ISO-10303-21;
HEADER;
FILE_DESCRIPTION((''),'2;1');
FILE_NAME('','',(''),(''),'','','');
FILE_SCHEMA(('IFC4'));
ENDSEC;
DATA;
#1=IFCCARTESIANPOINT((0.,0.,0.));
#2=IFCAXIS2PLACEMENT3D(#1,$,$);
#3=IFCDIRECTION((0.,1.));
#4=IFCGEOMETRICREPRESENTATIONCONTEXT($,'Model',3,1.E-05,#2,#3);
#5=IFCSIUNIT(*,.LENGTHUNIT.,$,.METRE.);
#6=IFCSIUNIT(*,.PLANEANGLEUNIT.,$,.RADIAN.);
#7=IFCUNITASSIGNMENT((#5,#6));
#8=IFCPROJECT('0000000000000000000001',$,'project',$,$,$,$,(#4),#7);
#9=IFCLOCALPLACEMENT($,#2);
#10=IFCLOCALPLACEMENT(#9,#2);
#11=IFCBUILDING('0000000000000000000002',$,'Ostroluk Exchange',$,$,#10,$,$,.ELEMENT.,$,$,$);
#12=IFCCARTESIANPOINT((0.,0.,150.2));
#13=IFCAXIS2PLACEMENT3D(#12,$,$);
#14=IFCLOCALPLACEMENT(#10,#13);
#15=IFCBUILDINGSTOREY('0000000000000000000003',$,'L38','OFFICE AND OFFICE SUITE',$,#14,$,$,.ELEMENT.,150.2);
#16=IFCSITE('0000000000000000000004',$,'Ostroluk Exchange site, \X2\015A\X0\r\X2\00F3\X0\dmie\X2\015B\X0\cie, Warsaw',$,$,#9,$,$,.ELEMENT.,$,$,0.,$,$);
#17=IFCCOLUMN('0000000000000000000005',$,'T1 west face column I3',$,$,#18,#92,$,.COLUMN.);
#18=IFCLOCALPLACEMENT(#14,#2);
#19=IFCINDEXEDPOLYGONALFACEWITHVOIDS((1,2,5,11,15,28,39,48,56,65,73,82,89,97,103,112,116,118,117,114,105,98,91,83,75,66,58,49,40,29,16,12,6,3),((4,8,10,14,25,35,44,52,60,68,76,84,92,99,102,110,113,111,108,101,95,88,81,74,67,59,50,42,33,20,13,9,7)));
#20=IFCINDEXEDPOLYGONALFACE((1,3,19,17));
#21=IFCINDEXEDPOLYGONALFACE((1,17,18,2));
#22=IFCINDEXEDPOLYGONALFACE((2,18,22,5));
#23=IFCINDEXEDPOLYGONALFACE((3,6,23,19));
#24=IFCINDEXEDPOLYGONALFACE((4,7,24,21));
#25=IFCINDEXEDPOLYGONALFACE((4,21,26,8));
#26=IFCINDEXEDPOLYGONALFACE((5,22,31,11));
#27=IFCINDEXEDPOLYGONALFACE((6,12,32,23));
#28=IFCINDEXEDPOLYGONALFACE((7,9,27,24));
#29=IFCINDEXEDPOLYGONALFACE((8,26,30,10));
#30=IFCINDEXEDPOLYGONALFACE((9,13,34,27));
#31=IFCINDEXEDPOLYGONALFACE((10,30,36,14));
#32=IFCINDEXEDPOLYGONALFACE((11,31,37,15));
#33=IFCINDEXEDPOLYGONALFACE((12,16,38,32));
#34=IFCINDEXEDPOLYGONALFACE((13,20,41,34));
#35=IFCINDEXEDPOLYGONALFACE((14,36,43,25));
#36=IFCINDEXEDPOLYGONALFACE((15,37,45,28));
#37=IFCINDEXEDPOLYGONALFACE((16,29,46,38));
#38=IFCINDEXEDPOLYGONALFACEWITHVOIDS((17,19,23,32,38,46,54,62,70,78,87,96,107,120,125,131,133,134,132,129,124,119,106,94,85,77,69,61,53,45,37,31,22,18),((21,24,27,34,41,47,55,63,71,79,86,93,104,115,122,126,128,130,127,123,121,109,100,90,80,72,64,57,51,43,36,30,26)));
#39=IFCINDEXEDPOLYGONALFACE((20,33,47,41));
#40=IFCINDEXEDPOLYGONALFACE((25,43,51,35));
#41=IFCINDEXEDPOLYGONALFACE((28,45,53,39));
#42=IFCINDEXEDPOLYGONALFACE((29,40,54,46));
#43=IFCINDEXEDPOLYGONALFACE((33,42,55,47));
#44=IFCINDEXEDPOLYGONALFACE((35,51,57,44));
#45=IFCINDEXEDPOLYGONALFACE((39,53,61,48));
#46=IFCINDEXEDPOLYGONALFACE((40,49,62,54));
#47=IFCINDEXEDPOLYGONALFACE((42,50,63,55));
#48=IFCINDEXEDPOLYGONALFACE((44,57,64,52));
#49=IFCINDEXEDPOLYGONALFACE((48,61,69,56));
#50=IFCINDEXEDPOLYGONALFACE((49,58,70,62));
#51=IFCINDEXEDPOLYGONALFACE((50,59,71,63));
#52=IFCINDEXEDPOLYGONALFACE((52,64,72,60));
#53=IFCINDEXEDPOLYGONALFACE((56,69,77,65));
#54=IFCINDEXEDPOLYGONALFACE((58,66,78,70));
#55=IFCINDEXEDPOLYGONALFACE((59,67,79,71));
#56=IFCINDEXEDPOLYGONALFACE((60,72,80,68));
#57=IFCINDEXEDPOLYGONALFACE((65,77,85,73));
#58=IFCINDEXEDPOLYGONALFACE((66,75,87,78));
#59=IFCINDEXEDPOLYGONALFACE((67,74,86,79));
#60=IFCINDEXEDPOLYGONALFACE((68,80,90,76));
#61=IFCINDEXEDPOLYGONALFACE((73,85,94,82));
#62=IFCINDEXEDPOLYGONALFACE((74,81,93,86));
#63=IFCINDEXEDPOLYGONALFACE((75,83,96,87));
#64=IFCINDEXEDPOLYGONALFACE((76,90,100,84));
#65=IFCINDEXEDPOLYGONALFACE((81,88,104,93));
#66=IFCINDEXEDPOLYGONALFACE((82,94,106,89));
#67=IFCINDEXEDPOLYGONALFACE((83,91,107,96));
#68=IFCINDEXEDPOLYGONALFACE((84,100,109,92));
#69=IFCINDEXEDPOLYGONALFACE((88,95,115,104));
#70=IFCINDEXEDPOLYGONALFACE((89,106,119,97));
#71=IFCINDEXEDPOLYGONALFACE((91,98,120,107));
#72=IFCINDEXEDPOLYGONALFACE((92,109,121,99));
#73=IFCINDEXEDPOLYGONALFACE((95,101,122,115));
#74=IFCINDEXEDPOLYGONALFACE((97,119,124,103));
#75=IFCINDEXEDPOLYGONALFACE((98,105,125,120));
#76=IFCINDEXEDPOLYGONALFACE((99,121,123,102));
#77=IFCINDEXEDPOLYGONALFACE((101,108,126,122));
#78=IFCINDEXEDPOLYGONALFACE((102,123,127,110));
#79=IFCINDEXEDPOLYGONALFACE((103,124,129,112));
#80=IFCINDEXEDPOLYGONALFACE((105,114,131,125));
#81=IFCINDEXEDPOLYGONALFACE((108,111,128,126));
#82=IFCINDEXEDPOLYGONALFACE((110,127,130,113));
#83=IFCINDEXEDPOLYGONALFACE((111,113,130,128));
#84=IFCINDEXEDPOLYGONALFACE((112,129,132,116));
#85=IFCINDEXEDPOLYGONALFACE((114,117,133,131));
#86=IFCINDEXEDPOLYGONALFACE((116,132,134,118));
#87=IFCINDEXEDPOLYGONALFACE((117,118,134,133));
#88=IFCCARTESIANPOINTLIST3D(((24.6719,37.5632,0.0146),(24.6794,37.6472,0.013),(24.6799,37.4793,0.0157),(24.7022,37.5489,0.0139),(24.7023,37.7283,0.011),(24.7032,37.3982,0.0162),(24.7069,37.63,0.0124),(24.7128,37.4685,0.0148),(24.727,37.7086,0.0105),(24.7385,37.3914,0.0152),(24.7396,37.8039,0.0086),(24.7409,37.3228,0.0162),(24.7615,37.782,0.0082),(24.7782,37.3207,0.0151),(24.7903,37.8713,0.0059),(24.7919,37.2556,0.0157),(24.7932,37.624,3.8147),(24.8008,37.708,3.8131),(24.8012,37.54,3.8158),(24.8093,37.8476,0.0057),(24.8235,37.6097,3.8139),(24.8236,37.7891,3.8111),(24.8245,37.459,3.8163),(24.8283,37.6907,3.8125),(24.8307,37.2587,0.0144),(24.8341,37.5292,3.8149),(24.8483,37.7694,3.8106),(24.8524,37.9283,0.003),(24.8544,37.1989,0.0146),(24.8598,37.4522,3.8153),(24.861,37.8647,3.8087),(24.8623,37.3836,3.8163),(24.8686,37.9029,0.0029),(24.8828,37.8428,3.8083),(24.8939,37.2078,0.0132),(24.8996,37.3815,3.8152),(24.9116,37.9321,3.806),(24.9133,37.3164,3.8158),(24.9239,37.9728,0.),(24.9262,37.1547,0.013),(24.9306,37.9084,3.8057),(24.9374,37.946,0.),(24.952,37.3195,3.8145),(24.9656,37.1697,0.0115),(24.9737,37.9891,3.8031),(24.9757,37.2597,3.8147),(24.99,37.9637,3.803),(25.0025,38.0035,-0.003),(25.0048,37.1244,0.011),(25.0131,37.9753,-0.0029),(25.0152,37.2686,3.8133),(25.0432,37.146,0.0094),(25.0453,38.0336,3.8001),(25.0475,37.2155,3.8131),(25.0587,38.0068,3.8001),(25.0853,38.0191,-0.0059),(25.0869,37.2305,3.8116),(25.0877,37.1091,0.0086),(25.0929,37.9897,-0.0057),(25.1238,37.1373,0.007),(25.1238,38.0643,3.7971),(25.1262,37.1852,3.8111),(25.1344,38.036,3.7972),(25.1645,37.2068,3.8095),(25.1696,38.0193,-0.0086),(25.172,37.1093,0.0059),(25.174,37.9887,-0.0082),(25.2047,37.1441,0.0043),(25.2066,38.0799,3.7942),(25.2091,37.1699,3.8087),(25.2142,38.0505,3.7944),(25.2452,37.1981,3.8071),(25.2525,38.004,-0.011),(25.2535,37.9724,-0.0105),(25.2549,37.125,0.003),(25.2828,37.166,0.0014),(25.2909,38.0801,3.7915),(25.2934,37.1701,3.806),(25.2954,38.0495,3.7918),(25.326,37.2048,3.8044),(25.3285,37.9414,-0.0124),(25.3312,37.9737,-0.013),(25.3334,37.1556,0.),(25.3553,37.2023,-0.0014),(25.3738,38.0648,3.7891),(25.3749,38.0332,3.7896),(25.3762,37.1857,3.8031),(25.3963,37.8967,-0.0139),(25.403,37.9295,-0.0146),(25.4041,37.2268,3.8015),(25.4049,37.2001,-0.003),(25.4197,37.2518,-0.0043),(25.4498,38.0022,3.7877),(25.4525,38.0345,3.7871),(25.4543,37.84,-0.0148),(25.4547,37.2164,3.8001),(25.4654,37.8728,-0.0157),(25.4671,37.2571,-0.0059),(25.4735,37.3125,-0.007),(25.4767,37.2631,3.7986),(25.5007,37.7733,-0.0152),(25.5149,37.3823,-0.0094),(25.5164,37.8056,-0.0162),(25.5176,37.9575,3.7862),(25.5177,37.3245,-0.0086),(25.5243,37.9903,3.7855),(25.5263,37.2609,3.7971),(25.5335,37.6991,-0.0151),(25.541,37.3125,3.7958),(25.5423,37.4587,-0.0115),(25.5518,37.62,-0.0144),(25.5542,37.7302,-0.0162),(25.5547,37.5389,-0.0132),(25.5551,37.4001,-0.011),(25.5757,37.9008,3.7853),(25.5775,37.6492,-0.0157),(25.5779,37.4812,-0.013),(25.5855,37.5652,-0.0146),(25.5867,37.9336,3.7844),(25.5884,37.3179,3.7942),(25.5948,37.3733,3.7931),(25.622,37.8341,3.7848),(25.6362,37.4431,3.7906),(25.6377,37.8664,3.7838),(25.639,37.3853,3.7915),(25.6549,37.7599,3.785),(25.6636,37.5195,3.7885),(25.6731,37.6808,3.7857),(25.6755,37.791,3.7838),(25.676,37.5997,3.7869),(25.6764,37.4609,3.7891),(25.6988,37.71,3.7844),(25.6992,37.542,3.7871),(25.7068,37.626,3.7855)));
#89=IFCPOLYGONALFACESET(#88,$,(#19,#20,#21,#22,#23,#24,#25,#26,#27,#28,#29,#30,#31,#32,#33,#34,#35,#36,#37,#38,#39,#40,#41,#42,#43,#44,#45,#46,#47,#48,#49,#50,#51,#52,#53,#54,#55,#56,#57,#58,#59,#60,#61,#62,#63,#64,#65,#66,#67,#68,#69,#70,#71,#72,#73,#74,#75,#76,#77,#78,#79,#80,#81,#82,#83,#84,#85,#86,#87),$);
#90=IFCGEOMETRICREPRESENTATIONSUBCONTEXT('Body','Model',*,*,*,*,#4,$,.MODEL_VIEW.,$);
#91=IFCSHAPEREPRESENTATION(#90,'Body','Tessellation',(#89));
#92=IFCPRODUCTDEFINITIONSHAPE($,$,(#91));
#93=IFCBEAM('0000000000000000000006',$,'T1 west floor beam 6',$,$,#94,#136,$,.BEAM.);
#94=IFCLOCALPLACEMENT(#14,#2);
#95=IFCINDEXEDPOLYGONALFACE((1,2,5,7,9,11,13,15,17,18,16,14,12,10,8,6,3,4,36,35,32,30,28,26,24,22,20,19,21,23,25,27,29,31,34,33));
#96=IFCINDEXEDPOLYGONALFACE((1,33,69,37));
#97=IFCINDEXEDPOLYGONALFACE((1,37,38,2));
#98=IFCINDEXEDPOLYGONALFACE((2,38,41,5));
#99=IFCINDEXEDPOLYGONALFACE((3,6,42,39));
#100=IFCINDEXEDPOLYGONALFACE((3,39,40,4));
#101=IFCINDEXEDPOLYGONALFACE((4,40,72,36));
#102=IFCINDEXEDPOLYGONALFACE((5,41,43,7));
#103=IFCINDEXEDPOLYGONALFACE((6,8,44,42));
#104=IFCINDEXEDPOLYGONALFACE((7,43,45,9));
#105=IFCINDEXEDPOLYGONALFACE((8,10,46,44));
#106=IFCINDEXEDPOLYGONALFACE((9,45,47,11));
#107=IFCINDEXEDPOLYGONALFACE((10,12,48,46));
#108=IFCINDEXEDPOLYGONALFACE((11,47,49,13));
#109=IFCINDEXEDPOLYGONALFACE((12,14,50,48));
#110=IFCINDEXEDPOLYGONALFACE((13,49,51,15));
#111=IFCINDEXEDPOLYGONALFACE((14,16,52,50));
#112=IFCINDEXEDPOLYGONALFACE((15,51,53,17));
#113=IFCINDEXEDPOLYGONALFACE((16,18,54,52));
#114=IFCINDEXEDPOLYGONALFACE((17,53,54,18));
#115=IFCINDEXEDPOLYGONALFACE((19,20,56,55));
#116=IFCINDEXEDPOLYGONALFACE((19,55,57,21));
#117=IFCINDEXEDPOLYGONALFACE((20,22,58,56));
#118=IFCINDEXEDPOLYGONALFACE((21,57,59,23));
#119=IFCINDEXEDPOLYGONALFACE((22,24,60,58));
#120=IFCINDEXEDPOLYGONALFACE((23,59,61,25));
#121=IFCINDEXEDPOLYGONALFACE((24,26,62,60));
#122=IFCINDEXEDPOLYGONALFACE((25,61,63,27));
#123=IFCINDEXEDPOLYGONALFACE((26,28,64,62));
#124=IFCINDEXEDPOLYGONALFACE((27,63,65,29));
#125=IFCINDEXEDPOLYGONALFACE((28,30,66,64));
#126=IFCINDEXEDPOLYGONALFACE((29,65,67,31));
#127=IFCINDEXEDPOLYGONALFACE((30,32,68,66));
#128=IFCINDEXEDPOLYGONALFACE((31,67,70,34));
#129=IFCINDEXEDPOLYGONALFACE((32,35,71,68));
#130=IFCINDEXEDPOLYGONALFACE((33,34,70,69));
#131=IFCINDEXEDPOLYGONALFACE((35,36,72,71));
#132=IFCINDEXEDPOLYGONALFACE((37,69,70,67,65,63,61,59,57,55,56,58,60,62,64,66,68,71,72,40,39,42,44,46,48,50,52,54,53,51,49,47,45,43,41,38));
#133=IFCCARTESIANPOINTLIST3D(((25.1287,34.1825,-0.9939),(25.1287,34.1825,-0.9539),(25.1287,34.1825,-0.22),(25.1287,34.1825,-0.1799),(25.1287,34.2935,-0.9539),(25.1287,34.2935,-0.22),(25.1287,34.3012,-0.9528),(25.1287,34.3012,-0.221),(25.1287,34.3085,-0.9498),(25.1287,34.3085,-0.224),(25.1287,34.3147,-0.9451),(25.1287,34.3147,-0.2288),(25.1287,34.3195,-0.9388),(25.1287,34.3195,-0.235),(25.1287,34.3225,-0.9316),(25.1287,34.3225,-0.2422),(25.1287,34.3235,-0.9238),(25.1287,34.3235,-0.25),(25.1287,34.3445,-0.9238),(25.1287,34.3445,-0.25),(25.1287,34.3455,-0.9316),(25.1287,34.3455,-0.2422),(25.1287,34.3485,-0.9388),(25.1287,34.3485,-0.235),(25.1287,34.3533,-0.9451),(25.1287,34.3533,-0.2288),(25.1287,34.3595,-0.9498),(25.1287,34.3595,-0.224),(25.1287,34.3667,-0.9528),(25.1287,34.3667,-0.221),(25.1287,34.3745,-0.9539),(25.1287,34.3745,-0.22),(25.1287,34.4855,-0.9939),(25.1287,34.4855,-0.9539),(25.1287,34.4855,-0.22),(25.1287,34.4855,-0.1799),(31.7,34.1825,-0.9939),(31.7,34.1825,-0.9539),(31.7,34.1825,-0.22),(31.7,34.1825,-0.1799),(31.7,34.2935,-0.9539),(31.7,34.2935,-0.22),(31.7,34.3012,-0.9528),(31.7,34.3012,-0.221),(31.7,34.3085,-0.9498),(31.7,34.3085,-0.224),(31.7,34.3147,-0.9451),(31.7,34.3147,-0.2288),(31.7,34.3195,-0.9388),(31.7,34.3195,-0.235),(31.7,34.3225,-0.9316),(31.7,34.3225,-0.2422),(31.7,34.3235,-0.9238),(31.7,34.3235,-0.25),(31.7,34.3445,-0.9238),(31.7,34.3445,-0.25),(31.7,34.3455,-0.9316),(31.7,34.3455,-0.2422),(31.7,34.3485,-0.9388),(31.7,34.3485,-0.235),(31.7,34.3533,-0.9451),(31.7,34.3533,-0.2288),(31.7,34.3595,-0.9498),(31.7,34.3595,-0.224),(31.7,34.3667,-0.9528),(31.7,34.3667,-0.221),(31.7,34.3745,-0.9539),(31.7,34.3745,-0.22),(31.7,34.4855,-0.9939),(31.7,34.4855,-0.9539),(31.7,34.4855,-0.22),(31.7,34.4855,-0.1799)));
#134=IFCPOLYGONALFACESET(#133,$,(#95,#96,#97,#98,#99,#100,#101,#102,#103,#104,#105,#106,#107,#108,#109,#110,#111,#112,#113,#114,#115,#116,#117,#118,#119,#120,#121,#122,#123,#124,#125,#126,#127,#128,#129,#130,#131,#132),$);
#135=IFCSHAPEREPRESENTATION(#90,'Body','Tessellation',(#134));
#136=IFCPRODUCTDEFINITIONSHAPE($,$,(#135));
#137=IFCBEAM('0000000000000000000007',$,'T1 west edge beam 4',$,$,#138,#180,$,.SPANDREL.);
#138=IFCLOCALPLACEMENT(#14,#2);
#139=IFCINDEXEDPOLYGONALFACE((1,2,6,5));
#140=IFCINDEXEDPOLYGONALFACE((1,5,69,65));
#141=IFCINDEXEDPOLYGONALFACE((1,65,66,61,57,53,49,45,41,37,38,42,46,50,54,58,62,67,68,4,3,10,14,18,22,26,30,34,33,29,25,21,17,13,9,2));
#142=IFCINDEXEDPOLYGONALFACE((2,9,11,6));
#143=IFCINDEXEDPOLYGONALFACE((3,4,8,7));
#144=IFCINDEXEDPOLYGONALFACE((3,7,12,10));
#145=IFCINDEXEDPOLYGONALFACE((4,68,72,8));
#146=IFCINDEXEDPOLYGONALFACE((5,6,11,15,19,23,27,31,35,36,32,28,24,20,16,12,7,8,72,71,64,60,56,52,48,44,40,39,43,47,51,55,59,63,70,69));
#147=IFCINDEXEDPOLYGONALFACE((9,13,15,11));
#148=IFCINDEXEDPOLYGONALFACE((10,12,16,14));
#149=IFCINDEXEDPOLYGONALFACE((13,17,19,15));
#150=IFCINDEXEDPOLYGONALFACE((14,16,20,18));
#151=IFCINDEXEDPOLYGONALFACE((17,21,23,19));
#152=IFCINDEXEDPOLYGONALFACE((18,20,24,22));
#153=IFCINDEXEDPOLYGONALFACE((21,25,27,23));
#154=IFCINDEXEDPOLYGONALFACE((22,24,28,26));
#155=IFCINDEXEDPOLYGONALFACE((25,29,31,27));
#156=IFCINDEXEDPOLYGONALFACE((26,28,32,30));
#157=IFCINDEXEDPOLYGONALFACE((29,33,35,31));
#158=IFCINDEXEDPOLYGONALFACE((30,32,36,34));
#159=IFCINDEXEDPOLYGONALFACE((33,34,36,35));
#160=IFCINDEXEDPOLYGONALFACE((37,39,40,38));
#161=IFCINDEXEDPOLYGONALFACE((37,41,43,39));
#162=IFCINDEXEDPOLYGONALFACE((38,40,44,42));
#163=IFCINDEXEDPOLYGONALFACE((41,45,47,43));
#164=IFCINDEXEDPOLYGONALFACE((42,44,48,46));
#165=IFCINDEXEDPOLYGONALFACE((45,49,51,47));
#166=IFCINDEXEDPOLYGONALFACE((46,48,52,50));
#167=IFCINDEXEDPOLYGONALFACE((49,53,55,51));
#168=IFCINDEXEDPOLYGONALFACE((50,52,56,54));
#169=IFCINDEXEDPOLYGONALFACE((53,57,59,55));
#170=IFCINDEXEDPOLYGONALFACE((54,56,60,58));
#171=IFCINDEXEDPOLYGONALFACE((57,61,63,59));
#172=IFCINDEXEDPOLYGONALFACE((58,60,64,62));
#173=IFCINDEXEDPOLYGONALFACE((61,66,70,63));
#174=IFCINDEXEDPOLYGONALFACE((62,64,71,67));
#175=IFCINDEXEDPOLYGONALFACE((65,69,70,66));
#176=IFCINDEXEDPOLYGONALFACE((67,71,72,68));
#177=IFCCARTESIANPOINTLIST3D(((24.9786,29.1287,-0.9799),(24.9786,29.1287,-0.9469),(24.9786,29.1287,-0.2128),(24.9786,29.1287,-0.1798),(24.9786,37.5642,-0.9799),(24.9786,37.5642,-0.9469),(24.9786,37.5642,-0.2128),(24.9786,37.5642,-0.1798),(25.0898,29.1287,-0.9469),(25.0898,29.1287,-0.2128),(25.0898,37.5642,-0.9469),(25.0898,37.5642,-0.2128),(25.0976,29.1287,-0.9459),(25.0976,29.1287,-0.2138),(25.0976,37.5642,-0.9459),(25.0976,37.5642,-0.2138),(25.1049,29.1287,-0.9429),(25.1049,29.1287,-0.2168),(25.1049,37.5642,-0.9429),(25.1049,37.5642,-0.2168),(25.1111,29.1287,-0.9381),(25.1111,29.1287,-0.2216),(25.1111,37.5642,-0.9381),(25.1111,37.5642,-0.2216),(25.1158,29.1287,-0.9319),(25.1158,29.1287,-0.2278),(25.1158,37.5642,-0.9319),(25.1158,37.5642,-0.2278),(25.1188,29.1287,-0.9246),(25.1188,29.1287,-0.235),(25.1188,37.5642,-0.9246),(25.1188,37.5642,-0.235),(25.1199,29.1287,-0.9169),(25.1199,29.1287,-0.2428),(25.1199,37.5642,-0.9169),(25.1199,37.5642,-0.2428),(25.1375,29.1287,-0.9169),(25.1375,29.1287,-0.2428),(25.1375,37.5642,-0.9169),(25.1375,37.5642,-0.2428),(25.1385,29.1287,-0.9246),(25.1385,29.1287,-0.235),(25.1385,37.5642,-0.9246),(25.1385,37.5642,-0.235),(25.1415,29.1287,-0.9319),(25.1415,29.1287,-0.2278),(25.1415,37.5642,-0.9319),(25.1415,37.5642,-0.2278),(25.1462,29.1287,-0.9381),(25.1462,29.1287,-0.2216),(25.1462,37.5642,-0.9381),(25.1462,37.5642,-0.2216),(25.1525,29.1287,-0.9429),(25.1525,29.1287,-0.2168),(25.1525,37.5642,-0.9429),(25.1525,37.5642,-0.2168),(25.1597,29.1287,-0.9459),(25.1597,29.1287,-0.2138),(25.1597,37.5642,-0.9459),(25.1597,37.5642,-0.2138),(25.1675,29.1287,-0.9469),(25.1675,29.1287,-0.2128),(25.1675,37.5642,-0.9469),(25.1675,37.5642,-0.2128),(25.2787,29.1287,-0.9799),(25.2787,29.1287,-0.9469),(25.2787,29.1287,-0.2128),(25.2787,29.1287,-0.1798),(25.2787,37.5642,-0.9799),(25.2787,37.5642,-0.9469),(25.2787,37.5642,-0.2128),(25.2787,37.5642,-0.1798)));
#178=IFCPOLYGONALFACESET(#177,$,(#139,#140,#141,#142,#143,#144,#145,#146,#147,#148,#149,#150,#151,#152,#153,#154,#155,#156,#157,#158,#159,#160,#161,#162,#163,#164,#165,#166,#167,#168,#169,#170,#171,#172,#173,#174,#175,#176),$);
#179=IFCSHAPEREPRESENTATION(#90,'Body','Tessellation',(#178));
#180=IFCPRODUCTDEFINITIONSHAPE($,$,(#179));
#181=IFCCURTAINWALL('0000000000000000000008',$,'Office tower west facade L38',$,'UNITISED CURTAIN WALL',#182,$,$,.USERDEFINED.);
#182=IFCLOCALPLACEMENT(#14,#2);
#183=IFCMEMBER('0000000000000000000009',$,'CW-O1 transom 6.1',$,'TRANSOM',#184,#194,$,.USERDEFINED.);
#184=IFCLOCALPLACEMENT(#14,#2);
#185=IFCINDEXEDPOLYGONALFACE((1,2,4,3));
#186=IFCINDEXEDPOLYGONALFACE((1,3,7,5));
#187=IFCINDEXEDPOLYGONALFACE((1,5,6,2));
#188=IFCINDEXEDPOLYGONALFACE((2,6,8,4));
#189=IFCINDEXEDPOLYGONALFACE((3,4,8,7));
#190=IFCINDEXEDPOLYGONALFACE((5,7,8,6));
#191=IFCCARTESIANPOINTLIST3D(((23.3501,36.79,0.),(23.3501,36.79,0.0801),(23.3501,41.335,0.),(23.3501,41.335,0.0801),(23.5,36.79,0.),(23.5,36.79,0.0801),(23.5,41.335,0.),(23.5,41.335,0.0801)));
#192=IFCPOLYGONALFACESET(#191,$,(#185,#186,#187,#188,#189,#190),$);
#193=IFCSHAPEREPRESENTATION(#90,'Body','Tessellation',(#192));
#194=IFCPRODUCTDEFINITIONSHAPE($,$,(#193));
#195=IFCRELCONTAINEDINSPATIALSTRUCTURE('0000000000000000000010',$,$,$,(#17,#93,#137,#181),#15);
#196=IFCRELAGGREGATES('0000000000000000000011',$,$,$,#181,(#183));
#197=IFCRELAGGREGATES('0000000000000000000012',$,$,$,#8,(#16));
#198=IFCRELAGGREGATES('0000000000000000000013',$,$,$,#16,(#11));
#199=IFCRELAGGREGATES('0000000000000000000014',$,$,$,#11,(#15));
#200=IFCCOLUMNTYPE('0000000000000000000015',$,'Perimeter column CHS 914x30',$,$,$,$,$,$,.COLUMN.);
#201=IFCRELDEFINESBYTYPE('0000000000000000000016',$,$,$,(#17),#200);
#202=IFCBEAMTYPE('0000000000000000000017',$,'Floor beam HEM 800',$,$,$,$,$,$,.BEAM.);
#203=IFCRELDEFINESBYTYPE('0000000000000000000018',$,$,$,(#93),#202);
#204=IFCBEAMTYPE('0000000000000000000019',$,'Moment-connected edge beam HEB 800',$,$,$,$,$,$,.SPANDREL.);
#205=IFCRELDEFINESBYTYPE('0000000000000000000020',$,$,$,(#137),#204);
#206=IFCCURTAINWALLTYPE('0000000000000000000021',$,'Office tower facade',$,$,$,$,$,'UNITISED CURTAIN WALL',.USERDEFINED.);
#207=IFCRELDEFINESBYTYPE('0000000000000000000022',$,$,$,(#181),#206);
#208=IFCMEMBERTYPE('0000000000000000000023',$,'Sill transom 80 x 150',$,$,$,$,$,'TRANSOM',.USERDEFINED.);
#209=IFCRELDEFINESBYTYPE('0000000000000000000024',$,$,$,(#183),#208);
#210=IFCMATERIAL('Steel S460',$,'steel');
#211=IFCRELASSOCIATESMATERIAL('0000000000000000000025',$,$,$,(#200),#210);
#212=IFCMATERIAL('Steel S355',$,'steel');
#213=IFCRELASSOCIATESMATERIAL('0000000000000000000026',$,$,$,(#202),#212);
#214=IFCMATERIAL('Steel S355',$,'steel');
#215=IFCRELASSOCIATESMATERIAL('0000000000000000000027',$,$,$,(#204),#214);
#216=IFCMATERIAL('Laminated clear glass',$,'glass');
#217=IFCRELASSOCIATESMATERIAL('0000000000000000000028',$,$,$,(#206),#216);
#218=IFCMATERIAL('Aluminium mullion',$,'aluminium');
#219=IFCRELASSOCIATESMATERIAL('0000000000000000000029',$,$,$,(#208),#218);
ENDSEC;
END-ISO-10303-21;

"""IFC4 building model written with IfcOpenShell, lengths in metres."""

from ifc_helpers import new_model, si_unit, direction, frame, origin, origin_2d, place, context, subcontext, project, spatial, rectangle, hollow_circle, i_section, extrude, material, material_profile, profile_set, type_object, element, aggregate, save


model = new_model("IFC4")

# Units and contexts
model_context = context("Model", 3, precision=1e-05, world=origin(), true_north=direction((0.0, 1.0)))
body_context = subcontext(model_context, "Body", "Model", "MODEL_VIEW")
ifc_project = project(units=[si_unit("LENGTHUNIT", "METRE"), si_unit("PLANEANGLEUNIT", "RADIAN")], contexts=[model_context])

# Site, building, storey
site_placement = place(None, origin())
site = spatial("IfcSite", under=ifc_project, at=site_placement, Name="Ostroluk Exchange site, Śródmieście, Warsaw", CompositionType="ELEMENT", RefElevation=0.0)
building_placement = place(site_placement, origin())
building = spatial("IfcBuilding", under=site, at=building_placement, Name="Ostroluk Exchange", CompositionType="ELEMENT")
storey_placement = place(building_placement, frame((0.0, 0.0, 150.2)))
storey = spatial("IfcBuildingStorey", under=building, at=storey_placement, Name="L38", Description="OFFICE AND OFFICE SUITE", CompositionType="ELEMENT", Elevation=150.2)

# Column
ifc_material_1 = material(Name="Steel S460", Category="steel")
ifc_material_profile_1 = material_profile(ifc_material_1, hollow_circle(Radius=0.457, WallThickness=0.03, at=origin_2d()), Name="CHS 914x30")
ifc_profile_set_1 = profile_set([ifc_material_profile_1], Name="Steel S460")
column_type = type_object("IfcColumnType", Name="Perimeter column CHS 914x30", PredefinedType="COLUMN", material=ifc_profile_set_1)
column_placement = place(storey_placement, frame((25.1287, 37.5642, 0.0), z_axis=(0.03191, 0.015987, 0.999363), x_axis=(-0.447933, 0.894067, 0.0)))
element("IfcColumn", 1, at=column_placement, inside=storey, type_object=column_type, Name="T1 west face column I3", PredefinedType="COLUMN", context=body_context, shape_type="SweptSolid", body=[
    extrude(hollow_circle(Radius=0.457, WallThickness=0.03, at=origin_2d()), origin(), (0.0, 0.0, 1.0), 3.8025),
])

# Beams
ifc_material_2 = material(Name="Steel S355", Category="steel")
ifc_material_profile_2 = material_profile(ifc_material_2, i_section(OverallWidth=0.303, OverallDepth=0.814, WebThickness=0.021, FlangeThickness=0.04, FilletRadius=0.03, at=origin_2d()), Name="HEM 800")
ifc_profile_set_2 = profile_set([ifc_material_profile_2], Name="Steel S355")
beam_type_1 = type_object("IfcBeamType", Name="Floor beam HEM 800", PredefinedType="BEAM", material=ifc_profile_set_2)
beam_1_placement = place(storey_placement, frame((31.7, 34.334, -0.5869), z_axis=(-1.0, 0.0, 0.0), x_axis=(0.0, -1.0, 0.0)))
element("IfcBeam", 2, at=beam_1_placement, inside=storey, type_object=beam_type_1, Name="T1 west floor beam 6", PredefinedType="BEAM", context=body_context, shape_type="SweptSolid", body=[
    extrude(i_section(OverallWidth=0.303, OverallDepth=0.814, WebThickness=0.021, FlangeThickness=0.04, FilletRadius=0.03, at=origin_2d()), origin(), (0.0, 0.0, 1.0), 6.5713),
])
ifc_material_3 = material(Name="Steel S355", Category="steel")
ifc_material_profile_3 = material_profile(ifc_material_3, i_section(OverallWidth=0.3, OverallDepth=0.8, WebThickness=0.0176, FlangeThickness=0.033, FilletRadius=0.03, at=origin_2d()), Name="HEB 800")
ifc_profile_set_3 = profile_set([ifc_material_profile_3], Name="Steel S355")
beam_type_2 = type_object("IfcBeamType", Name="Moment-connected edge beam HEB 800", PredefinedType="SPANDREL", material=ifc_profile_set_3)
beam_2_placement = place(storey_placement, frame((25.1287, 37.5642, -0.5798), z_axis=(0.0, -1.0, 0.0), x_axis=(1.0, 0.0, 0.0)))
element("IfcBeam", 3, at=beam_2_placement, inside=storey, type_object=beam_type_2, Name="T1 west edge beam 4", PredefinedType="SPANDREL", context=body_context, shape_type="SweptSolid", body=[
    extrude(i_section(OverallWidth=0.3, OverallDepth=0.8, WebThickness=0.0176, FlangeThickness=0.033, FilletRadius=0.03, at=origin_2d()), origin(), (0.0, 0.0, 1.0), 8.4355),
])

# Curtain wall, member
ifc_material_4 = material(Name="Laminated clear glass", Category="glass")
curtain_wall_type = type_object("IfcCurtainWallType", Name="Office tower facade", ElementType="UNITISED CURTAIN WALL", PredefinedType="USERDEFINED", material=ifc_material_4)
curtain_wall_placement = place(storey_placement, origin())
curtain_wall = element("IfcCurtainWall", 4, at=curtain_wall_placement, inside=storey, type_object=curtain_wall_type, Name="Office tower west facade L38", ObjectType="UNITISED CURTAIN WALL", PredefinedType="USERDEFINED")
ifc_material_5 = material(Name="Aluminium mullion", Category="aluminium")
ifc_material_profile_4 = material_profile(ifc_material_5, rectangle(XDim=0.1499, YDim=0.0801, at=origin_2d()), Name="Sill transom 80 x 150")
ifc_profile_set_4 = profile_set([ifc_material_profile_4], Name="Aluminium mullion")
member_type_1 = type_object("IfcMemberType", Name="Sill transom 80 x 150", ElementType="TRANSOM", PredefinedType="USERDEFINED", material=ifc_profile_set_4)
member_1_placement = place(storey_placement, frame((23.425, 41.335, 0.04), z_axis=(0.0, -1.0, 0.0), x_axis=(1.0, 0.0, 0.0)))
member_1 = element("IfcMember", 5, at=member_1_placement, type_object=member_type_1, Name="CW-O1 transom 6.1", ObjectType="TRANSOM", PredefinedType="USERDEFINED", context=body_context, shape_type="SweptSolid", body=[
    extrude(rectangle(XDim=0.1499, YDim=0.0801, at=origin_2d()), origin(), (0.0, 0.0, 1.0), 4.5449),
])
aggregate(curtain_wall, [member_1])

save(model, "model.ifc")
